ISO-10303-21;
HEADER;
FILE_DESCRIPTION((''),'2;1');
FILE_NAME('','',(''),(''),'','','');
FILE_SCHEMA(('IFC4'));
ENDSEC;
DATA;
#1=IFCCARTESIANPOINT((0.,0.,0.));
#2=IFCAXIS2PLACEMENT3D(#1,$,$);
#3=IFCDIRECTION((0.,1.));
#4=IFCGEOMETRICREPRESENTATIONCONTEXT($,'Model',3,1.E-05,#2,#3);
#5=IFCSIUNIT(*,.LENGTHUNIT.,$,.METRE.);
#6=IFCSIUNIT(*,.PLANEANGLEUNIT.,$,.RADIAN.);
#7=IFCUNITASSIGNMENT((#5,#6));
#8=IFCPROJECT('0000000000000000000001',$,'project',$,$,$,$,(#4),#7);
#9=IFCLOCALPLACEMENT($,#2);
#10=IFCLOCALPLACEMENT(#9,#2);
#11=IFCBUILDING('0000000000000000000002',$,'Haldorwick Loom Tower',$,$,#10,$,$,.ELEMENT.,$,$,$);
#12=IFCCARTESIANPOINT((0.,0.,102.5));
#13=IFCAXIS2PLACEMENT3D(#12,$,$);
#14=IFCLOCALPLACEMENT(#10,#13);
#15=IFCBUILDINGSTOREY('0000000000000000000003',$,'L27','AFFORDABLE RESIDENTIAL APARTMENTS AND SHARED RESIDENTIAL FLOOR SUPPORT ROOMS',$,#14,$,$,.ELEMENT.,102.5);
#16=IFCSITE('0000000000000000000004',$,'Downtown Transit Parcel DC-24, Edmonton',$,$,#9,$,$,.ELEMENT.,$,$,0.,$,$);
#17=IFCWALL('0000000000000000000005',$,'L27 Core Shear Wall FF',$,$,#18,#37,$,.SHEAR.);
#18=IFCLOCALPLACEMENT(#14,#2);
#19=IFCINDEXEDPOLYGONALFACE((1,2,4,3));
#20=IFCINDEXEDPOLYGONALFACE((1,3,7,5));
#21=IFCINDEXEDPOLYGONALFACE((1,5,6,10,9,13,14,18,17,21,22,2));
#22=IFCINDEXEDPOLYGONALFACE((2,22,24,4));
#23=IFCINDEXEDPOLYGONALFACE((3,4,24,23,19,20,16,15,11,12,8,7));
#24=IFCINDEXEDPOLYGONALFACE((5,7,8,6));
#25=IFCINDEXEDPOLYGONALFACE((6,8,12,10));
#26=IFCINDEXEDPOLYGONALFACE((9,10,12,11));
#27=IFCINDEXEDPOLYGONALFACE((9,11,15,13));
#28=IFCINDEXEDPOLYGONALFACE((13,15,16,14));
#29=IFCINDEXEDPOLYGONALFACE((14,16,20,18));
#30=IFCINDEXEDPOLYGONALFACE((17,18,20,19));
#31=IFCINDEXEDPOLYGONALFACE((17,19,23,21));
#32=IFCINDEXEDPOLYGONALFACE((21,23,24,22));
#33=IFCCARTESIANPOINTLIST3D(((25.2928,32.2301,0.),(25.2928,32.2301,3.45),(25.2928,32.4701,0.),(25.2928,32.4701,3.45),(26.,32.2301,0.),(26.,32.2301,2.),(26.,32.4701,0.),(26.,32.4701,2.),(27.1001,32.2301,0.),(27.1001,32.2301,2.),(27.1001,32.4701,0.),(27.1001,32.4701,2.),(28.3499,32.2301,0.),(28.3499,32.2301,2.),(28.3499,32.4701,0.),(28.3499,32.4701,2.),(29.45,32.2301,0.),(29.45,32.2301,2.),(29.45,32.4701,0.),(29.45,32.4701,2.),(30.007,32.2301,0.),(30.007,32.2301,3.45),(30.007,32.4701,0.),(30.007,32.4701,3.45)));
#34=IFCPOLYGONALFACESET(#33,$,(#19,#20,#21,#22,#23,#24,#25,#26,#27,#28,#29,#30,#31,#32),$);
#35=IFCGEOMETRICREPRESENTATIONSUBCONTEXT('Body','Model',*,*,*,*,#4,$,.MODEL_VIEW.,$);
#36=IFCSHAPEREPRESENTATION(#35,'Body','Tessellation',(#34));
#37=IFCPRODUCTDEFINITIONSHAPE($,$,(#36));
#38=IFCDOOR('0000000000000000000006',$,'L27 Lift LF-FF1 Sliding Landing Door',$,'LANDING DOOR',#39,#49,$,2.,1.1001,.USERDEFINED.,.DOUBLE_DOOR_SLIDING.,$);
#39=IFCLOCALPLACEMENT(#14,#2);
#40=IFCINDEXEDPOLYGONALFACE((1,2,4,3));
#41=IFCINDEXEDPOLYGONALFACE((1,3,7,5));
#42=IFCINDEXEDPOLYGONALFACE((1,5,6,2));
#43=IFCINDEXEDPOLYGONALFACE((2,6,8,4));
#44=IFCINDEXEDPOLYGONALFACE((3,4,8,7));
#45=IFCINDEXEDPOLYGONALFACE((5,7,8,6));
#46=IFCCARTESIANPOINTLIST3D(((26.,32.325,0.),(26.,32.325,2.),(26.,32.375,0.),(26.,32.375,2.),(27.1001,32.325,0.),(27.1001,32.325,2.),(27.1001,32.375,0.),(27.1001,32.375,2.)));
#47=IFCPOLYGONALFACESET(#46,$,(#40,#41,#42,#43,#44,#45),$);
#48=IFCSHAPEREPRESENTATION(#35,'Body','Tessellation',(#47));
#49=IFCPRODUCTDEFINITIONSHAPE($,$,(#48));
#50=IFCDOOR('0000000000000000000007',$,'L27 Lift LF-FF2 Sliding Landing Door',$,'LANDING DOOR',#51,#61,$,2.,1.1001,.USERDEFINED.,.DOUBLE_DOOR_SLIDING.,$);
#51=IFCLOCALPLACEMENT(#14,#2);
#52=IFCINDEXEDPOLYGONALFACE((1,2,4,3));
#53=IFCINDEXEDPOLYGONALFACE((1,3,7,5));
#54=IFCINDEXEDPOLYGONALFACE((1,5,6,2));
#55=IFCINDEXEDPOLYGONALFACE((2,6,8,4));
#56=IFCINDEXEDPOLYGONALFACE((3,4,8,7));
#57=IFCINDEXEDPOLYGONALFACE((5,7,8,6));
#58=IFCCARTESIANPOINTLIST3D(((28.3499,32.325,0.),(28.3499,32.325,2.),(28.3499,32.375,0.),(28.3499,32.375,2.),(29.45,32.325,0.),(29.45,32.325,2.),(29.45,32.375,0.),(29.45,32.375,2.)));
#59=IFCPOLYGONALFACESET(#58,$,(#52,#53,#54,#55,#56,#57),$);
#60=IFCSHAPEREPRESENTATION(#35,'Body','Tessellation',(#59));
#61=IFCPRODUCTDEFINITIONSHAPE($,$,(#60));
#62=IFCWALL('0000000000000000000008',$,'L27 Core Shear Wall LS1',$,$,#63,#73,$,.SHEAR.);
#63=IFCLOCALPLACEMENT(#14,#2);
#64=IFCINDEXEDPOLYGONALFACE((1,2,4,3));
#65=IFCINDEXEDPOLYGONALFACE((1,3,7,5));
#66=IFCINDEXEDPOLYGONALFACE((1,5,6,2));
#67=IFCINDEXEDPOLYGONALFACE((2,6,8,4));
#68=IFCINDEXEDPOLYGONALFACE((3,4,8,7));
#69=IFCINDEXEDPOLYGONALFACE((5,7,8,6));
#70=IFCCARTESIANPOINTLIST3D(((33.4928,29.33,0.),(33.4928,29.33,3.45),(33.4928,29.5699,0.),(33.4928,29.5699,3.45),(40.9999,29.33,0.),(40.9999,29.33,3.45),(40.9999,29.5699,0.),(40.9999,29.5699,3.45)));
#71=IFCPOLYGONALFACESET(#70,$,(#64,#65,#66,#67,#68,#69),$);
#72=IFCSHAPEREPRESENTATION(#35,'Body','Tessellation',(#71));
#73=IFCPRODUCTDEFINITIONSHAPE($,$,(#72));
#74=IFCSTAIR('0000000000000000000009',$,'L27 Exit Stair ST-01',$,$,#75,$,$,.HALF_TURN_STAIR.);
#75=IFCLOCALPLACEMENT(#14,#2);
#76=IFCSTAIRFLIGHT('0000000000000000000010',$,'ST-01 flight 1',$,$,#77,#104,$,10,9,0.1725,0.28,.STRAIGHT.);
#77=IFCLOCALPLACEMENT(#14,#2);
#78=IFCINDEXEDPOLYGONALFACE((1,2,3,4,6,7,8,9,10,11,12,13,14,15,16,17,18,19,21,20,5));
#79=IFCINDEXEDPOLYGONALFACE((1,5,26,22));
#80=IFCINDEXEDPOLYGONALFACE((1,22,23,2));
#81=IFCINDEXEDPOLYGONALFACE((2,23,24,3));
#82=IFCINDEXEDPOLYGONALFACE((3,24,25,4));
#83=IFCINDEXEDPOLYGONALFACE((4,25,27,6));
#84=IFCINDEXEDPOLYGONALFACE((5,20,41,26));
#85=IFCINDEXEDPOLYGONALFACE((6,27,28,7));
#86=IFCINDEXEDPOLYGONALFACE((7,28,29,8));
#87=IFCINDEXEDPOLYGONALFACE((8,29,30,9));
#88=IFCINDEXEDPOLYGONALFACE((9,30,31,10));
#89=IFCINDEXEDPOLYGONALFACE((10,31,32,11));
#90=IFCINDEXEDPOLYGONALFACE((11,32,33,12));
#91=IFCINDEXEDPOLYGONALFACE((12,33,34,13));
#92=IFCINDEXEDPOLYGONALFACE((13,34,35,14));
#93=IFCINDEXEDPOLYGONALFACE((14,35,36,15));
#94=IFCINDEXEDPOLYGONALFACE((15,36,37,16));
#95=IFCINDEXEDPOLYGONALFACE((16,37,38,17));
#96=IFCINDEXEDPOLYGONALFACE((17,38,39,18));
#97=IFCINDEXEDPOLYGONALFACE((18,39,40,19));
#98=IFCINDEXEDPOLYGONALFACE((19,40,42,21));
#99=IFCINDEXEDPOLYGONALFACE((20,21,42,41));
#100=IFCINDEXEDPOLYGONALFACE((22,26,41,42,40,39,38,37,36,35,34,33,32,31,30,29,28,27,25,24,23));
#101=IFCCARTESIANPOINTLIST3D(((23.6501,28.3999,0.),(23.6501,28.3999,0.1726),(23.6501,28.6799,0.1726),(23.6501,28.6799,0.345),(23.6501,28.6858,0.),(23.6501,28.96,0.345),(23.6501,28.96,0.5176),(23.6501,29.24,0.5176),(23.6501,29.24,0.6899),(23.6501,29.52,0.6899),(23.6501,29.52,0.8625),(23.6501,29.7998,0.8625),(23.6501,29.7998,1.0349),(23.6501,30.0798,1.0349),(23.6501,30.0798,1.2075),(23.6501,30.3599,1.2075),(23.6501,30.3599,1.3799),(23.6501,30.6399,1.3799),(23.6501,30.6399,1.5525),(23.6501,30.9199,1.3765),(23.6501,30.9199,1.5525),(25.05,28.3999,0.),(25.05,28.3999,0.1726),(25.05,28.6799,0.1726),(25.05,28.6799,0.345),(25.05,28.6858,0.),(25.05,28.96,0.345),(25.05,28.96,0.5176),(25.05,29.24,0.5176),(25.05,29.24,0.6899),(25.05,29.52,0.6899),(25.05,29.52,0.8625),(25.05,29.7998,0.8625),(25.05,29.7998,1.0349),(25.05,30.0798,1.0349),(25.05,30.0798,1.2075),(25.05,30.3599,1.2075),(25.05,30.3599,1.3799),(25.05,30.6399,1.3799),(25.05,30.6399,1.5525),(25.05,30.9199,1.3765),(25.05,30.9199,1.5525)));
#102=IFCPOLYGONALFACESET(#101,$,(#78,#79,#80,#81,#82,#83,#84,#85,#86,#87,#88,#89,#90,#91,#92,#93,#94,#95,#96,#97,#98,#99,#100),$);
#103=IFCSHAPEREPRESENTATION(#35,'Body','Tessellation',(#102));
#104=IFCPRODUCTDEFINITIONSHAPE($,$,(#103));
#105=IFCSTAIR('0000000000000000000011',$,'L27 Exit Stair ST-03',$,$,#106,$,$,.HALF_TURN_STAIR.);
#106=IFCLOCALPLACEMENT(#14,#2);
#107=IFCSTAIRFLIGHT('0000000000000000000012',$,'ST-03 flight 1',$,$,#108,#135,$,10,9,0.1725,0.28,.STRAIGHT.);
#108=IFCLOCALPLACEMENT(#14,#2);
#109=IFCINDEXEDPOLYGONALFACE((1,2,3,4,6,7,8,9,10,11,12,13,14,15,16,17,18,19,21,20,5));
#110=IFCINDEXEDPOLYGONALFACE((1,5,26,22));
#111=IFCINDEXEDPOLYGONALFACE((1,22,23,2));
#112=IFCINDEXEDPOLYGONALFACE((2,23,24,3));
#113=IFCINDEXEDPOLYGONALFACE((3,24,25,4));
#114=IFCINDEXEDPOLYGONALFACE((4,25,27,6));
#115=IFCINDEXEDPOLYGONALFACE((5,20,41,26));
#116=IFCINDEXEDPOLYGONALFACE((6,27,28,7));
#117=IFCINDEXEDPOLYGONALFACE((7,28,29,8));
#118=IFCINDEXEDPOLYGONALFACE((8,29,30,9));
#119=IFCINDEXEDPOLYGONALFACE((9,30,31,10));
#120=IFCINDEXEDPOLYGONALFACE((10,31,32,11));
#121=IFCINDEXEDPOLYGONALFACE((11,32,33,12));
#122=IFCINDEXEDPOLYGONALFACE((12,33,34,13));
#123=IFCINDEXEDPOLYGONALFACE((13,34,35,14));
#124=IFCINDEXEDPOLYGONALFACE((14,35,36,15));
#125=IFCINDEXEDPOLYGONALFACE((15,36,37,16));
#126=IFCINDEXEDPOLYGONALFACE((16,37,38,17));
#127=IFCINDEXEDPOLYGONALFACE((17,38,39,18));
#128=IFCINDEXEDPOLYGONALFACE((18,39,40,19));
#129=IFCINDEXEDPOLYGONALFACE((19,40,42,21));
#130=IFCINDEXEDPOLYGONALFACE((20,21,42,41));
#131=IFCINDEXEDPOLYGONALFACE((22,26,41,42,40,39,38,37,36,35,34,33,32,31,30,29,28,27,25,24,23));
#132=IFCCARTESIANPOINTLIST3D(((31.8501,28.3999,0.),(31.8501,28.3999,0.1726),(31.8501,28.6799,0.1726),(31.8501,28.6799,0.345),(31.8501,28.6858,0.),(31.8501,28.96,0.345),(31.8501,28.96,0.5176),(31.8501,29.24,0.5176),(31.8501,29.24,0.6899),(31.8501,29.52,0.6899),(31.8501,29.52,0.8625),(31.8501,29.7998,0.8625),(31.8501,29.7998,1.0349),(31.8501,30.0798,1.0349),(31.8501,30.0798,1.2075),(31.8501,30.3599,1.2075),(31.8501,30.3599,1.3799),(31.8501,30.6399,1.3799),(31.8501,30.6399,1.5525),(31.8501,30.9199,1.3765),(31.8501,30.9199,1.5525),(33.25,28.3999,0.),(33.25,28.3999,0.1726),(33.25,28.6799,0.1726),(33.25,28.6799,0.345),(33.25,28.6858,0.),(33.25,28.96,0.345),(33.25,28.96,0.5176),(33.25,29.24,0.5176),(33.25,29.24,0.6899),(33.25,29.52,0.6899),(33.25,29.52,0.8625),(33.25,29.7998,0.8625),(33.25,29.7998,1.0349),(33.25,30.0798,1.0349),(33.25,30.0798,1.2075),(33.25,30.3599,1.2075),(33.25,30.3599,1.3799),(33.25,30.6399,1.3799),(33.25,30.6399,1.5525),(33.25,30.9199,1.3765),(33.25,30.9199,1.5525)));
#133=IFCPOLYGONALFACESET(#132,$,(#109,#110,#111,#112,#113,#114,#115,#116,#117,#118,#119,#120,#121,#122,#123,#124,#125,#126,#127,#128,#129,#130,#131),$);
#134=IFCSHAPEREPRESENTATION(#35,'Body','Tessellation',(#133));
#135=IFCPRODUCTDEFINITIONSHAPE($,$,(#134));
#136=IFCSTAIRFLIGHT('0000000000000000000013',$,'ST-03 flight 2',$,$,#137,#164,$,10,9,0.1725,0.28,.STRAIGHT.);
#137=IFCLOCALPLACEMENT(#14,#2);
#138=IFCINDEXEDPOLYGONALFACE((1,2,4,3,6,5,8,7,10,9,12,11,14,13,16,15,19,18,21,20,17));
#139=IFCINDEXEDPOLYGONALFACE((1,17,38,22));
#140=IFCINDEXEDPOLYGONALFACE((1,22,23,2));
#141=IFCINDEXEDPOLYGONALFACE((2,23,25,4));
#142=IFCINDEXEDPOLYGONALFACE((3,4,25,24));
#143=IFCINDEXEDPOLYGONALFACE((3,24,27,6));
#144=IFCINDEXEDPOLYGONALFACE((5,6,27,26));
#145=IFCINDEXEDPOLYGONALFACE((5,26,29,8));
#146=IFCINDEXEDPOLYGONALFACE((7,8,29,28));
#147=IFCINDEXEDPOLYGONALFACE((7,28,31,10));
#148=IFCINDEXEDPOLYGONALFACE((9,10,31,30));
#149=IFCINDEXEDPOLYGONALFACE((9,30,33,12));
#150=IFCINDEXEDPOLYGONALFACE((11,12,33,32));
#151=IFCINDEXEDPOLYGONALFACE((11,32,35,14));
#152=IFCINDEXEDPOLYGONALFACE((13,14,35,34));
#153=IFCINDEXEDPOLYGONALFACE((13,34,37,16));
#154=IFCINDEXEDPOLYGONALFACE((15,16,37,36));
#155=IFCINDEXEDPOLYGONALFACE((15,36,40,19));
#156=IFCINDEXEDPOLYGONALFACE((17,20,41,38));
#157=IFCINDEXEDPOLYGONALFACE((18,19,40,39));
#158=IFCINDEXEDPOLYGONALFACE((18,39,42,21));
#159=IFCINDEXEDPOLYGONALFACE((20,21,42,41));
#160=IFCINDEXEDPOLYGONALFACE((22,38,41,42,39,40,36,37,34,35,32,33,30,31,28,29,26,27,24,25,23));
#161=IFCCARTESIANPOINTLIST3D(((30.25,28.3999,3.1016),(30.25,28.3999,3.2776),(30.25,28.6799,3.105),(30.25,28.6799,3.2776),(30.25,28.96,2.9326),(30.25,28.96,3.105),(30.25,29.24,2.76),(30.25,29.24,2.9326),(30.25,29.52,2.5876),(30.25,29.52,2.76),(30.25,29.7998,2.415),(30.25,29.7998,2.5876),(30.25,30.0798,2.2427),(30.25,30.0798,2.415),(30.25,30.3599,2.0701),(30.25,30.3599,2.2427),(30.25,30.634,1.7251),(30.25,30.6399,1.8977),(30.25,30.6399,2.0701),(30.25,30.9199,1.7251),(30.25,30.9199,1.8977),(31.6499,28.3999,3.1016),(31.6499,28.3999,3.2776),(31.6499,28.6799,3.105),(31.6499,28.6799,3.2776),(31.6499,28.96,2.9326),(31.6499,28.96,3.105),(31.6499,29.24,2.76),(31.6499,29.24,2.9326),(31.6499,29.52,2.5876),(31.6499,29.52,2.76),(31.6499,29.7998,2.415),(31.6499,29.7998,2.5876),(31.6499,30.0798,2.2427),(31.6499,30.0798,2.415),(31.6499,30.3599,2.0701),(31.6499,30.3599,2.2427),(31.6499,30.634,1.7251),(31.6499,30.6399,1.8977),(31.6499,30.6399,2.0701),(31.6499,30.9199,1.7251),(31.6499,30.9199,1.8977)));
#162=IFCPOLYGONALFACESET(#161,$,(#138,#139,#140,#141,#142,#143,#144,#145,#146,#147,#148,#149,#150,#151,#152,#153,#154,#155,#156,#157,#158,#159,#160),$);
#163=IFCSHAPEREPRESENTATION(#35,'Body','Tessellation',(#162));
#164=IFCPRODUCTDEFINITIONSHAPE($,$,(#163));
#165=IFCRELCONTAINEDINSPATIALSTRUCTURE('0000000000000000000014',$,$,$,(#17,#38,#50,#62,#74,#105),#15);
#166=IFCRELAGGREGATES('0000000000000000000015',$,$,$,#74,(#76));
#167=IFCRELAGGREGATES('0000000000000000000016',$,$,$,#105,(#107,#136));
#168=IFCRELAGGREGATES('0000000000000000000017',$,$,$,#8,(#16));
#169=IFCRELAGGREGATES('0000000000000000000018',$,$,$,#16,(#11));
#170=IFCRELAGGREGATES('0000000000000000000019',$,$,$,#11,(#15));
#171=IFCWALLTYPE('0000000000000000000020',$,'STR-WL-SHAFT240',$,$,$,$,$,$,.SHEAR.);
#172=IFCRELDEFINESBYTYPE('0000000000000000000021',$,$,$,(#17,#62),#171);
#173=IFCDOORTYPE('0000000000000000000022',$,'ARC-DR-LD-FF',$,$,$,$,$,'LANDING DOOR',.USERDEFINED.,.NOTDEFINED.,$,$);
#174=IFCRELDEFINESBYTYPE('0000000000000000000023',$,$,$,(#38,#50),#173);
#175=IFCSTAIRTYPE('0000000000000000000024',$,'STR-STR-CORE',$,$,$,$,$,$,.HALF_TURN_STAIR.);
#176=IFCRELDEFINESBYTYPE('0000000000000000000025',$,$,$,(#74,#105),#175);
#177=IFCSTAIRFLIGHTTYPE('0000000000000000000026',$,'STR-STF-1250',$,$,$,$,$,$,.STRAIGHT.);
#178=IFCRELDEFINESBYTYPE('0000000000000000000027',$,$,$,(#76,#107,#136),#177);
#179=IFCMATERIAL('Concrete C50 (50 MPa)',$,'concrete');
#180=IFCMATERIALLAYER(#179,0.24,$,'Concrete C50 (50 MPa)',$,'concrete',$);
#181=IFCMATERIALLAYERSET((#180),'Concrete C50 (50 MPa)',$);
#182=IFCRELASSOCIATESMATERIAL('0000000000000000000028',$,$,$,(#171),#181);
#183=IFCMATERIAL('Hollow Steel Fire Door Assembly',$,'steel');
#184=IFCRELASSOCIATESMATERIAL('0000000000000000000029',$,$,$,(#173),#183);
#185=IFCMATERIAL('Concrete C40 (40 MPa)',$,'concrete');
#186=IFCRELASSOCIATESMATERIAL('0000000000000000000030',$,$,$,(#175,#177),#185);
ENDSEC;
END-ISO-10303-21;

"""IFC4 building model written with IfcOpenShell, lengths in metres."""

from ifc_helpers import new_model, si_unit, direction, frame, frame_2d, origin, place, context, subcontext, project, spatial, polyline, rectangle, outline, extrude, material, layer, layer_set, type_object, element, fill, aggregate, save


model = new_model("IFC4")

# Units and contexts
model_context = context("Model", 3, precision=1e-05, world=origin(), true_north=direction((0.0, 1.0)))
body_context = subcontext(model_context, "Body", "Model", "MODEL_VIEW")
ifc_project = project(units=[si_unit("LENGTHUNIT", "METRE"), si_unit("PLANEANGLEUNIT", "RADIAN")], contexts=[model_context])

# Site, building, storey
site_placement = place(None, origin())
site = spatial("IfcSite", under=ifc_project, at=site_placement, Name="Downtown Transit Parcel DC-24, Edmonton", CompositionType="ELEMENT", RefElevation=0.0)
building_placement = place(site_placement, origin())
building = spatial("IfcBuilding", under=site, at=building_placement, Name="Haldorwick Loom Tower", CompositionType="ELEMENT")
storey_placement = place(building_placement, frame((0.0, 0.0, 102.5)))
storey = spatial("IfcBuildingStorey", under=building, at=storey_placement, Name="L27", Description="AFFORDABLE RESIDENTIAL APARTMENTS AND SHARED RESIDENTIAL FLOOR SUPPORT ROOMS", CompositionType="ELEMENT", Elevation=102.5)

# Shared definitions
ifc_material_1 = material(Name="Concrete C50 (50 MPa)", Category="concrete")
ifc_layer = layer(ifc_material_1, 0.24, Name="Concrete C50 (50 MPa)", Category="concrete")
ifc_layer_set = layer_set([ifc_layer], Name="Concrete C50 (50 MPa)")
wall_type = type_object("IfcWallType", Name="STR-WL-SHAFT240", PredefinedType="SHEAR", material=ifc_layer_set)

# Wall, openings, doors
wall_1_placement = place(storey_placement, frame((25.293, 32.3501, 0.0), z_axis=(0.0, 0.0, 1.0), x_axis=(1.0, 0.0, 0.0)))
wall_1 = element("IfcWall", 1, at=wall_1_placement, inside=storey, type_object=wall_type, Name="L27 Core Shear Wall FF", PredefinedType="SHEAR", context=body_context, shape_type="SweptSolid", body=[
    extrude(rectangle(XDim=4.7141, YDim=0.24, at=frame_2d((2.3569, 0.0))), origin(), (0.0, 0.0, 1.0), 3.45),
])
opening_1_placement = place(wall_1_placement, frame((0.707, 0.0, 0.0)))
opening_1 = element("IfcOpeningElement", 2, at=opening_1_placement, cuts=wall_1, PredefinedType="OPENING", context=body_context, shape_type="SweptSolid", body=[
    extrude(rectangle(XDim=1.1001, YDim=2.0, at=frame_2d((0.55, 1.0))), frame((0.0, 0.1299, 0.0), z_axis=(0.0, -1.0, 0.0), x_axis=(1.0, 0.0, 0.0)), (0.0, 0.0, 1.0), 0.26),
])
opening_2_placement = place(wall_1_placement, frame((3.0569, 0.0, 0.0)))
opening_2 = element("IfcOpeningElement", 3, at=opening_2_placement, cuts=wall_1, PredefinedType="OPENING", context=body_context, shape_type="SweptSolid", body=[
    extrude(rectangle(XDim=1.1001, YDim=2.0, at=frame_2d((0.55, 1.0))), frame((0.0, 0.1299, 0.0), z_axis=(0.0, -1.0, 0.0), x_axis=(1.0, 0.0, 0.0)), (0.0, 0.0, 1.0), 0.26),
])
ifc_material_2 = material(Name="Hollow Steel Fire Door Assembly", Category="steel")
door_type = type_object("IfcDoorType", Name="ARC-DR-LD-FF", ElementType="LANDING DOOR", OperationType="NOTDEFINED", PredefinedType="USERDEFINED", material=ifc_material_2)
door_1_placement = place(opening_1_placement, origin())
door_1 = element("IfcDoor", 4, at=door_1_placement, inside=storey, type_object=door_type, Name="L27 Lift LF-FF1 Sliding Landing Door", ObjectType="LANDING DOOR", OperationType="DOUBLE_DOOR_SLIDING", OverallHeight=2.0, OverallWidth=1.1001, PredefinedType="USERDEFINED", context=body_context, shape_type="SweptSolid", body=[
    extrude(rectangle(XDim=1.1001, YDim=2.0, at=frame_2d((0.55, 1.0))), frame((0.0, 0.0249, 0.0), z_axis=(0.0, -1.0, 0.0), x_axis=(1.0, 0.0, 0.0)), (0.0, 0.0, 1.0), 0.05),
])
fill(opening_1, door_1)
door_2_placement = place(opening_2_placement, origin())
door_2 = element("IfcDoor", 5, at=door_2_placement, inside=storey, type_object=door_type, Name="L27 Lift LF-FF2 Sliding Landing Door", ObjectType="LANDING DOOR", OperationType="DOUBLE_DOOR_SLIDING", OverallHeight=2.0, OverallWidth=1.1001, PredefinedType="USERDEFINED", context=body_context, shape_type="SweptSolid", body=[
    extrude(rectangle(XDim=1.1001, YDim=2.0, at=frame_2d((0.55, 1.0))), frame((0.0, 0.0249, 0.0), z_axis=(0.0, -1.0, 0.0), x_axis=(1.0, 0.0, 0.0)), (0.0, 0.0, 1.0), 0.05),
])
fill(opening_2, door_2)

# Wall
wall_2_placement = place(storey_placement, frame((33.4929, 29.45, 0.0), z_axis=(0.0, 0.0, 1.0), x_axis=(1.0, 0.0, 0.0)))
element("IfcWall", 6, at=wall_2_placement, inside=storey, type_object=wall_type, Name="L27 Core Shear Wall LS1", PredefinedType="SHEAR", context=body_context, shape_type="SweptSolid", body=[
    extrude(rectangle(XDim=7.5071, YDim=0.24, at=frame_2d((3.7534, 0.0))), origin(), (0.0, 0.0, 1.0), 3.45),
])

# Stair, stair flight
ifc_material_3 = material(Name="Concrete C40 (40 MPa)", Category="concrete")
stair_type = type_object("IfcStairType", Name="STR-STR-CORE", PredefinedType="HALF_TURN_STAIR", material=ifc_material_3)
stair_1_placement = place(storey_placement, origin())
stair_1 = element("IfcStair", 7, at=stair_1_placement, inside=storey, type_object=stair_type, Name="L27 Exit Stair ST-01", PredefinedType="HALF_TURN_STAIR")
stair_flight_type = type_object("IfcStairFlightType", Name="STR-STF-1250", PredefinedType="STRAIGHT", material=ifc_material_3)
stair_flight_1_placement = place(storey_placement, frame((24.3501, 28.3999, 0.0), z_axis=(0.0, 0.0, 1.0), x_axis=(0.0, 1.0, 0.0)))
stair_flight_1 = element("IfcStairFlight", 8, at=stair_flight_1_placement, type_object=stair_flight_type, Name="ST-01 flight 1", NumberOfRisers=10, NumberOfTreads=9, PredefinedType="STRAIGHT", RiserHeight=0.1725, TreadLength=0.28, context=body_context, shape_type="SweptSolid", body=[
    extrude(outline(polyline([(0.0, 0.0), (0.0, 0.1726), (0.28, 0.1726), (0.28, 0.345), (0.5601, 0.345), (0.5601, 0.5176), (0.8401, 0.5176), (0.8401, 0.6899), (1.1201, 0.6899), (1.1201, 0.8625), (1.3999, 0.8625), (1.3999, 1.0349), (1.6799, 1.0349), (1.6799, 1.2075), (1.96, 1.2075), (1.96, 1.3799), (2.24, 1.3799), (2.24, 1.5525), (2.52, 1.5525), (2.52, 1.7251), (2.52, 1.3765), (0.2859, 0.0), (0.0, 0.0)])), frame((0.0, 0.7, 0.0), z_axis=(0.0, -1.0, 0.0), x_axis=(1.0, 0.0, 0.0)), (0.0, 0.0, 1.0), 1.3999),
])
aggregate(stair_1, [stair_flight_1])

# Stair, stair flights
stair_2_placement = place(storey_placement, origin())
stair_2 = element("IfcStair", 9, at=stair_2_placement, inside=storey, type_object=stair_type, Name="L27 Exit Stair ST-03", PredefinedType="HALF_TURN_STAIR")
stair_flight_2_placement = place(storey_placement, frame((32.55, 28.3999, 0.0), z_axis=(0.0, 0.0, 1.0), x_axis=(0.0, 1.0, 0.0)))
stair_flight_2 = element("IfcStairFlight", 10, at=stair_flight_2_placement, type_object=stair_flight_type, Name="ST-03 flight 1", NumberOfRisers=10, NumberOfTreads=9, PredefinedType="STRAIGHT", RiserHeight=0.1725, TreadLength=0.28, context=body_context, shape_type="SweptSolid", body=[
    extrude(outline(polyline([(0.0, 0.0), (0.0, 0.1726), (0.28, 0.1726), (0.28, 0.345), (0.5601, 0.345), (0.5601, 0.5176), (0.8401, 0.5176), (0.8401, 0.6899), (1.1201, 0.6899), (1.1201, 0.8625), (1.3999, 0.8625), (1.3999, 1.0349), (1.6799, 1.0349), (1.6799, 1.2075), (1.96, 1.2075), (1.96, 1.3799), (2.24, 1.3799), (2.24, 1.5525), (2.52, 1.5525), (2.52, 1.7251), (2.52, 1.3765), (0.2859, 0.0), (0.0, 0.0)])), frame((0.0, 0.7, 0.0), z_axis=(0.0, -1.0, 0.0), x_axis=(1.0, 0.0, 0.0)), (0.0, 0.0, 1.0), 1.3999),
])
stair_flight_3_placement = place(storey_placement, frame((30.95, 30.9199, 1.7251), z_axis=(0.0, 0.0, 1.0), x_axis=(0.0, -1.0, 0.0)))
stair_flight_3 = element("IfcStairFlight", 11, at=stair_flight_3_placement, type_object=stair_flight_type, Name="ST-03 flight 2", NumberOfRisers=10, NumberOfTreads=9, PredefinedType="STRAIGHT", RiserHeight=0.1725, TreadLength=0.28, context=body_context, shape_type="SweptSolid", body=[
    extrude(outline(polyline([(0.0, 0.0), (0.0, 0.1726), (0.28, 0.1726), (0.28, 0.345), (0.5601, 0.345), (0.5601, 0.5176), (0.8401, 0.5176), (0.8401, 0.6899), (1.1201, 0.6899), (1.1201, 0.8625), (1.3999, 0.8625), (1.3999, 1.0349), (1.6799, 1.0349), (1.6799, 1.2075), (1.96, 1.2075), (1.96, 1.3799), (2.24, 1.3799), (2.24, 1.5525), (2.52, 1.5525), (2.52, 1.7251), (2.52, 1.3765), (0.2859, 0.0), (0.0, 0.0)])), frame((0.0, 0.7, 0.0), z_axis=(0.0, -1.0, 0.0), x_axis=(1.0, 0.0, 0.0)), (0.0, 0.0, 1.0), 1.3999),
])
aggregate(stair_2, [stair_flight_2, stair_flight_3])

save(model, "model.ifc")
